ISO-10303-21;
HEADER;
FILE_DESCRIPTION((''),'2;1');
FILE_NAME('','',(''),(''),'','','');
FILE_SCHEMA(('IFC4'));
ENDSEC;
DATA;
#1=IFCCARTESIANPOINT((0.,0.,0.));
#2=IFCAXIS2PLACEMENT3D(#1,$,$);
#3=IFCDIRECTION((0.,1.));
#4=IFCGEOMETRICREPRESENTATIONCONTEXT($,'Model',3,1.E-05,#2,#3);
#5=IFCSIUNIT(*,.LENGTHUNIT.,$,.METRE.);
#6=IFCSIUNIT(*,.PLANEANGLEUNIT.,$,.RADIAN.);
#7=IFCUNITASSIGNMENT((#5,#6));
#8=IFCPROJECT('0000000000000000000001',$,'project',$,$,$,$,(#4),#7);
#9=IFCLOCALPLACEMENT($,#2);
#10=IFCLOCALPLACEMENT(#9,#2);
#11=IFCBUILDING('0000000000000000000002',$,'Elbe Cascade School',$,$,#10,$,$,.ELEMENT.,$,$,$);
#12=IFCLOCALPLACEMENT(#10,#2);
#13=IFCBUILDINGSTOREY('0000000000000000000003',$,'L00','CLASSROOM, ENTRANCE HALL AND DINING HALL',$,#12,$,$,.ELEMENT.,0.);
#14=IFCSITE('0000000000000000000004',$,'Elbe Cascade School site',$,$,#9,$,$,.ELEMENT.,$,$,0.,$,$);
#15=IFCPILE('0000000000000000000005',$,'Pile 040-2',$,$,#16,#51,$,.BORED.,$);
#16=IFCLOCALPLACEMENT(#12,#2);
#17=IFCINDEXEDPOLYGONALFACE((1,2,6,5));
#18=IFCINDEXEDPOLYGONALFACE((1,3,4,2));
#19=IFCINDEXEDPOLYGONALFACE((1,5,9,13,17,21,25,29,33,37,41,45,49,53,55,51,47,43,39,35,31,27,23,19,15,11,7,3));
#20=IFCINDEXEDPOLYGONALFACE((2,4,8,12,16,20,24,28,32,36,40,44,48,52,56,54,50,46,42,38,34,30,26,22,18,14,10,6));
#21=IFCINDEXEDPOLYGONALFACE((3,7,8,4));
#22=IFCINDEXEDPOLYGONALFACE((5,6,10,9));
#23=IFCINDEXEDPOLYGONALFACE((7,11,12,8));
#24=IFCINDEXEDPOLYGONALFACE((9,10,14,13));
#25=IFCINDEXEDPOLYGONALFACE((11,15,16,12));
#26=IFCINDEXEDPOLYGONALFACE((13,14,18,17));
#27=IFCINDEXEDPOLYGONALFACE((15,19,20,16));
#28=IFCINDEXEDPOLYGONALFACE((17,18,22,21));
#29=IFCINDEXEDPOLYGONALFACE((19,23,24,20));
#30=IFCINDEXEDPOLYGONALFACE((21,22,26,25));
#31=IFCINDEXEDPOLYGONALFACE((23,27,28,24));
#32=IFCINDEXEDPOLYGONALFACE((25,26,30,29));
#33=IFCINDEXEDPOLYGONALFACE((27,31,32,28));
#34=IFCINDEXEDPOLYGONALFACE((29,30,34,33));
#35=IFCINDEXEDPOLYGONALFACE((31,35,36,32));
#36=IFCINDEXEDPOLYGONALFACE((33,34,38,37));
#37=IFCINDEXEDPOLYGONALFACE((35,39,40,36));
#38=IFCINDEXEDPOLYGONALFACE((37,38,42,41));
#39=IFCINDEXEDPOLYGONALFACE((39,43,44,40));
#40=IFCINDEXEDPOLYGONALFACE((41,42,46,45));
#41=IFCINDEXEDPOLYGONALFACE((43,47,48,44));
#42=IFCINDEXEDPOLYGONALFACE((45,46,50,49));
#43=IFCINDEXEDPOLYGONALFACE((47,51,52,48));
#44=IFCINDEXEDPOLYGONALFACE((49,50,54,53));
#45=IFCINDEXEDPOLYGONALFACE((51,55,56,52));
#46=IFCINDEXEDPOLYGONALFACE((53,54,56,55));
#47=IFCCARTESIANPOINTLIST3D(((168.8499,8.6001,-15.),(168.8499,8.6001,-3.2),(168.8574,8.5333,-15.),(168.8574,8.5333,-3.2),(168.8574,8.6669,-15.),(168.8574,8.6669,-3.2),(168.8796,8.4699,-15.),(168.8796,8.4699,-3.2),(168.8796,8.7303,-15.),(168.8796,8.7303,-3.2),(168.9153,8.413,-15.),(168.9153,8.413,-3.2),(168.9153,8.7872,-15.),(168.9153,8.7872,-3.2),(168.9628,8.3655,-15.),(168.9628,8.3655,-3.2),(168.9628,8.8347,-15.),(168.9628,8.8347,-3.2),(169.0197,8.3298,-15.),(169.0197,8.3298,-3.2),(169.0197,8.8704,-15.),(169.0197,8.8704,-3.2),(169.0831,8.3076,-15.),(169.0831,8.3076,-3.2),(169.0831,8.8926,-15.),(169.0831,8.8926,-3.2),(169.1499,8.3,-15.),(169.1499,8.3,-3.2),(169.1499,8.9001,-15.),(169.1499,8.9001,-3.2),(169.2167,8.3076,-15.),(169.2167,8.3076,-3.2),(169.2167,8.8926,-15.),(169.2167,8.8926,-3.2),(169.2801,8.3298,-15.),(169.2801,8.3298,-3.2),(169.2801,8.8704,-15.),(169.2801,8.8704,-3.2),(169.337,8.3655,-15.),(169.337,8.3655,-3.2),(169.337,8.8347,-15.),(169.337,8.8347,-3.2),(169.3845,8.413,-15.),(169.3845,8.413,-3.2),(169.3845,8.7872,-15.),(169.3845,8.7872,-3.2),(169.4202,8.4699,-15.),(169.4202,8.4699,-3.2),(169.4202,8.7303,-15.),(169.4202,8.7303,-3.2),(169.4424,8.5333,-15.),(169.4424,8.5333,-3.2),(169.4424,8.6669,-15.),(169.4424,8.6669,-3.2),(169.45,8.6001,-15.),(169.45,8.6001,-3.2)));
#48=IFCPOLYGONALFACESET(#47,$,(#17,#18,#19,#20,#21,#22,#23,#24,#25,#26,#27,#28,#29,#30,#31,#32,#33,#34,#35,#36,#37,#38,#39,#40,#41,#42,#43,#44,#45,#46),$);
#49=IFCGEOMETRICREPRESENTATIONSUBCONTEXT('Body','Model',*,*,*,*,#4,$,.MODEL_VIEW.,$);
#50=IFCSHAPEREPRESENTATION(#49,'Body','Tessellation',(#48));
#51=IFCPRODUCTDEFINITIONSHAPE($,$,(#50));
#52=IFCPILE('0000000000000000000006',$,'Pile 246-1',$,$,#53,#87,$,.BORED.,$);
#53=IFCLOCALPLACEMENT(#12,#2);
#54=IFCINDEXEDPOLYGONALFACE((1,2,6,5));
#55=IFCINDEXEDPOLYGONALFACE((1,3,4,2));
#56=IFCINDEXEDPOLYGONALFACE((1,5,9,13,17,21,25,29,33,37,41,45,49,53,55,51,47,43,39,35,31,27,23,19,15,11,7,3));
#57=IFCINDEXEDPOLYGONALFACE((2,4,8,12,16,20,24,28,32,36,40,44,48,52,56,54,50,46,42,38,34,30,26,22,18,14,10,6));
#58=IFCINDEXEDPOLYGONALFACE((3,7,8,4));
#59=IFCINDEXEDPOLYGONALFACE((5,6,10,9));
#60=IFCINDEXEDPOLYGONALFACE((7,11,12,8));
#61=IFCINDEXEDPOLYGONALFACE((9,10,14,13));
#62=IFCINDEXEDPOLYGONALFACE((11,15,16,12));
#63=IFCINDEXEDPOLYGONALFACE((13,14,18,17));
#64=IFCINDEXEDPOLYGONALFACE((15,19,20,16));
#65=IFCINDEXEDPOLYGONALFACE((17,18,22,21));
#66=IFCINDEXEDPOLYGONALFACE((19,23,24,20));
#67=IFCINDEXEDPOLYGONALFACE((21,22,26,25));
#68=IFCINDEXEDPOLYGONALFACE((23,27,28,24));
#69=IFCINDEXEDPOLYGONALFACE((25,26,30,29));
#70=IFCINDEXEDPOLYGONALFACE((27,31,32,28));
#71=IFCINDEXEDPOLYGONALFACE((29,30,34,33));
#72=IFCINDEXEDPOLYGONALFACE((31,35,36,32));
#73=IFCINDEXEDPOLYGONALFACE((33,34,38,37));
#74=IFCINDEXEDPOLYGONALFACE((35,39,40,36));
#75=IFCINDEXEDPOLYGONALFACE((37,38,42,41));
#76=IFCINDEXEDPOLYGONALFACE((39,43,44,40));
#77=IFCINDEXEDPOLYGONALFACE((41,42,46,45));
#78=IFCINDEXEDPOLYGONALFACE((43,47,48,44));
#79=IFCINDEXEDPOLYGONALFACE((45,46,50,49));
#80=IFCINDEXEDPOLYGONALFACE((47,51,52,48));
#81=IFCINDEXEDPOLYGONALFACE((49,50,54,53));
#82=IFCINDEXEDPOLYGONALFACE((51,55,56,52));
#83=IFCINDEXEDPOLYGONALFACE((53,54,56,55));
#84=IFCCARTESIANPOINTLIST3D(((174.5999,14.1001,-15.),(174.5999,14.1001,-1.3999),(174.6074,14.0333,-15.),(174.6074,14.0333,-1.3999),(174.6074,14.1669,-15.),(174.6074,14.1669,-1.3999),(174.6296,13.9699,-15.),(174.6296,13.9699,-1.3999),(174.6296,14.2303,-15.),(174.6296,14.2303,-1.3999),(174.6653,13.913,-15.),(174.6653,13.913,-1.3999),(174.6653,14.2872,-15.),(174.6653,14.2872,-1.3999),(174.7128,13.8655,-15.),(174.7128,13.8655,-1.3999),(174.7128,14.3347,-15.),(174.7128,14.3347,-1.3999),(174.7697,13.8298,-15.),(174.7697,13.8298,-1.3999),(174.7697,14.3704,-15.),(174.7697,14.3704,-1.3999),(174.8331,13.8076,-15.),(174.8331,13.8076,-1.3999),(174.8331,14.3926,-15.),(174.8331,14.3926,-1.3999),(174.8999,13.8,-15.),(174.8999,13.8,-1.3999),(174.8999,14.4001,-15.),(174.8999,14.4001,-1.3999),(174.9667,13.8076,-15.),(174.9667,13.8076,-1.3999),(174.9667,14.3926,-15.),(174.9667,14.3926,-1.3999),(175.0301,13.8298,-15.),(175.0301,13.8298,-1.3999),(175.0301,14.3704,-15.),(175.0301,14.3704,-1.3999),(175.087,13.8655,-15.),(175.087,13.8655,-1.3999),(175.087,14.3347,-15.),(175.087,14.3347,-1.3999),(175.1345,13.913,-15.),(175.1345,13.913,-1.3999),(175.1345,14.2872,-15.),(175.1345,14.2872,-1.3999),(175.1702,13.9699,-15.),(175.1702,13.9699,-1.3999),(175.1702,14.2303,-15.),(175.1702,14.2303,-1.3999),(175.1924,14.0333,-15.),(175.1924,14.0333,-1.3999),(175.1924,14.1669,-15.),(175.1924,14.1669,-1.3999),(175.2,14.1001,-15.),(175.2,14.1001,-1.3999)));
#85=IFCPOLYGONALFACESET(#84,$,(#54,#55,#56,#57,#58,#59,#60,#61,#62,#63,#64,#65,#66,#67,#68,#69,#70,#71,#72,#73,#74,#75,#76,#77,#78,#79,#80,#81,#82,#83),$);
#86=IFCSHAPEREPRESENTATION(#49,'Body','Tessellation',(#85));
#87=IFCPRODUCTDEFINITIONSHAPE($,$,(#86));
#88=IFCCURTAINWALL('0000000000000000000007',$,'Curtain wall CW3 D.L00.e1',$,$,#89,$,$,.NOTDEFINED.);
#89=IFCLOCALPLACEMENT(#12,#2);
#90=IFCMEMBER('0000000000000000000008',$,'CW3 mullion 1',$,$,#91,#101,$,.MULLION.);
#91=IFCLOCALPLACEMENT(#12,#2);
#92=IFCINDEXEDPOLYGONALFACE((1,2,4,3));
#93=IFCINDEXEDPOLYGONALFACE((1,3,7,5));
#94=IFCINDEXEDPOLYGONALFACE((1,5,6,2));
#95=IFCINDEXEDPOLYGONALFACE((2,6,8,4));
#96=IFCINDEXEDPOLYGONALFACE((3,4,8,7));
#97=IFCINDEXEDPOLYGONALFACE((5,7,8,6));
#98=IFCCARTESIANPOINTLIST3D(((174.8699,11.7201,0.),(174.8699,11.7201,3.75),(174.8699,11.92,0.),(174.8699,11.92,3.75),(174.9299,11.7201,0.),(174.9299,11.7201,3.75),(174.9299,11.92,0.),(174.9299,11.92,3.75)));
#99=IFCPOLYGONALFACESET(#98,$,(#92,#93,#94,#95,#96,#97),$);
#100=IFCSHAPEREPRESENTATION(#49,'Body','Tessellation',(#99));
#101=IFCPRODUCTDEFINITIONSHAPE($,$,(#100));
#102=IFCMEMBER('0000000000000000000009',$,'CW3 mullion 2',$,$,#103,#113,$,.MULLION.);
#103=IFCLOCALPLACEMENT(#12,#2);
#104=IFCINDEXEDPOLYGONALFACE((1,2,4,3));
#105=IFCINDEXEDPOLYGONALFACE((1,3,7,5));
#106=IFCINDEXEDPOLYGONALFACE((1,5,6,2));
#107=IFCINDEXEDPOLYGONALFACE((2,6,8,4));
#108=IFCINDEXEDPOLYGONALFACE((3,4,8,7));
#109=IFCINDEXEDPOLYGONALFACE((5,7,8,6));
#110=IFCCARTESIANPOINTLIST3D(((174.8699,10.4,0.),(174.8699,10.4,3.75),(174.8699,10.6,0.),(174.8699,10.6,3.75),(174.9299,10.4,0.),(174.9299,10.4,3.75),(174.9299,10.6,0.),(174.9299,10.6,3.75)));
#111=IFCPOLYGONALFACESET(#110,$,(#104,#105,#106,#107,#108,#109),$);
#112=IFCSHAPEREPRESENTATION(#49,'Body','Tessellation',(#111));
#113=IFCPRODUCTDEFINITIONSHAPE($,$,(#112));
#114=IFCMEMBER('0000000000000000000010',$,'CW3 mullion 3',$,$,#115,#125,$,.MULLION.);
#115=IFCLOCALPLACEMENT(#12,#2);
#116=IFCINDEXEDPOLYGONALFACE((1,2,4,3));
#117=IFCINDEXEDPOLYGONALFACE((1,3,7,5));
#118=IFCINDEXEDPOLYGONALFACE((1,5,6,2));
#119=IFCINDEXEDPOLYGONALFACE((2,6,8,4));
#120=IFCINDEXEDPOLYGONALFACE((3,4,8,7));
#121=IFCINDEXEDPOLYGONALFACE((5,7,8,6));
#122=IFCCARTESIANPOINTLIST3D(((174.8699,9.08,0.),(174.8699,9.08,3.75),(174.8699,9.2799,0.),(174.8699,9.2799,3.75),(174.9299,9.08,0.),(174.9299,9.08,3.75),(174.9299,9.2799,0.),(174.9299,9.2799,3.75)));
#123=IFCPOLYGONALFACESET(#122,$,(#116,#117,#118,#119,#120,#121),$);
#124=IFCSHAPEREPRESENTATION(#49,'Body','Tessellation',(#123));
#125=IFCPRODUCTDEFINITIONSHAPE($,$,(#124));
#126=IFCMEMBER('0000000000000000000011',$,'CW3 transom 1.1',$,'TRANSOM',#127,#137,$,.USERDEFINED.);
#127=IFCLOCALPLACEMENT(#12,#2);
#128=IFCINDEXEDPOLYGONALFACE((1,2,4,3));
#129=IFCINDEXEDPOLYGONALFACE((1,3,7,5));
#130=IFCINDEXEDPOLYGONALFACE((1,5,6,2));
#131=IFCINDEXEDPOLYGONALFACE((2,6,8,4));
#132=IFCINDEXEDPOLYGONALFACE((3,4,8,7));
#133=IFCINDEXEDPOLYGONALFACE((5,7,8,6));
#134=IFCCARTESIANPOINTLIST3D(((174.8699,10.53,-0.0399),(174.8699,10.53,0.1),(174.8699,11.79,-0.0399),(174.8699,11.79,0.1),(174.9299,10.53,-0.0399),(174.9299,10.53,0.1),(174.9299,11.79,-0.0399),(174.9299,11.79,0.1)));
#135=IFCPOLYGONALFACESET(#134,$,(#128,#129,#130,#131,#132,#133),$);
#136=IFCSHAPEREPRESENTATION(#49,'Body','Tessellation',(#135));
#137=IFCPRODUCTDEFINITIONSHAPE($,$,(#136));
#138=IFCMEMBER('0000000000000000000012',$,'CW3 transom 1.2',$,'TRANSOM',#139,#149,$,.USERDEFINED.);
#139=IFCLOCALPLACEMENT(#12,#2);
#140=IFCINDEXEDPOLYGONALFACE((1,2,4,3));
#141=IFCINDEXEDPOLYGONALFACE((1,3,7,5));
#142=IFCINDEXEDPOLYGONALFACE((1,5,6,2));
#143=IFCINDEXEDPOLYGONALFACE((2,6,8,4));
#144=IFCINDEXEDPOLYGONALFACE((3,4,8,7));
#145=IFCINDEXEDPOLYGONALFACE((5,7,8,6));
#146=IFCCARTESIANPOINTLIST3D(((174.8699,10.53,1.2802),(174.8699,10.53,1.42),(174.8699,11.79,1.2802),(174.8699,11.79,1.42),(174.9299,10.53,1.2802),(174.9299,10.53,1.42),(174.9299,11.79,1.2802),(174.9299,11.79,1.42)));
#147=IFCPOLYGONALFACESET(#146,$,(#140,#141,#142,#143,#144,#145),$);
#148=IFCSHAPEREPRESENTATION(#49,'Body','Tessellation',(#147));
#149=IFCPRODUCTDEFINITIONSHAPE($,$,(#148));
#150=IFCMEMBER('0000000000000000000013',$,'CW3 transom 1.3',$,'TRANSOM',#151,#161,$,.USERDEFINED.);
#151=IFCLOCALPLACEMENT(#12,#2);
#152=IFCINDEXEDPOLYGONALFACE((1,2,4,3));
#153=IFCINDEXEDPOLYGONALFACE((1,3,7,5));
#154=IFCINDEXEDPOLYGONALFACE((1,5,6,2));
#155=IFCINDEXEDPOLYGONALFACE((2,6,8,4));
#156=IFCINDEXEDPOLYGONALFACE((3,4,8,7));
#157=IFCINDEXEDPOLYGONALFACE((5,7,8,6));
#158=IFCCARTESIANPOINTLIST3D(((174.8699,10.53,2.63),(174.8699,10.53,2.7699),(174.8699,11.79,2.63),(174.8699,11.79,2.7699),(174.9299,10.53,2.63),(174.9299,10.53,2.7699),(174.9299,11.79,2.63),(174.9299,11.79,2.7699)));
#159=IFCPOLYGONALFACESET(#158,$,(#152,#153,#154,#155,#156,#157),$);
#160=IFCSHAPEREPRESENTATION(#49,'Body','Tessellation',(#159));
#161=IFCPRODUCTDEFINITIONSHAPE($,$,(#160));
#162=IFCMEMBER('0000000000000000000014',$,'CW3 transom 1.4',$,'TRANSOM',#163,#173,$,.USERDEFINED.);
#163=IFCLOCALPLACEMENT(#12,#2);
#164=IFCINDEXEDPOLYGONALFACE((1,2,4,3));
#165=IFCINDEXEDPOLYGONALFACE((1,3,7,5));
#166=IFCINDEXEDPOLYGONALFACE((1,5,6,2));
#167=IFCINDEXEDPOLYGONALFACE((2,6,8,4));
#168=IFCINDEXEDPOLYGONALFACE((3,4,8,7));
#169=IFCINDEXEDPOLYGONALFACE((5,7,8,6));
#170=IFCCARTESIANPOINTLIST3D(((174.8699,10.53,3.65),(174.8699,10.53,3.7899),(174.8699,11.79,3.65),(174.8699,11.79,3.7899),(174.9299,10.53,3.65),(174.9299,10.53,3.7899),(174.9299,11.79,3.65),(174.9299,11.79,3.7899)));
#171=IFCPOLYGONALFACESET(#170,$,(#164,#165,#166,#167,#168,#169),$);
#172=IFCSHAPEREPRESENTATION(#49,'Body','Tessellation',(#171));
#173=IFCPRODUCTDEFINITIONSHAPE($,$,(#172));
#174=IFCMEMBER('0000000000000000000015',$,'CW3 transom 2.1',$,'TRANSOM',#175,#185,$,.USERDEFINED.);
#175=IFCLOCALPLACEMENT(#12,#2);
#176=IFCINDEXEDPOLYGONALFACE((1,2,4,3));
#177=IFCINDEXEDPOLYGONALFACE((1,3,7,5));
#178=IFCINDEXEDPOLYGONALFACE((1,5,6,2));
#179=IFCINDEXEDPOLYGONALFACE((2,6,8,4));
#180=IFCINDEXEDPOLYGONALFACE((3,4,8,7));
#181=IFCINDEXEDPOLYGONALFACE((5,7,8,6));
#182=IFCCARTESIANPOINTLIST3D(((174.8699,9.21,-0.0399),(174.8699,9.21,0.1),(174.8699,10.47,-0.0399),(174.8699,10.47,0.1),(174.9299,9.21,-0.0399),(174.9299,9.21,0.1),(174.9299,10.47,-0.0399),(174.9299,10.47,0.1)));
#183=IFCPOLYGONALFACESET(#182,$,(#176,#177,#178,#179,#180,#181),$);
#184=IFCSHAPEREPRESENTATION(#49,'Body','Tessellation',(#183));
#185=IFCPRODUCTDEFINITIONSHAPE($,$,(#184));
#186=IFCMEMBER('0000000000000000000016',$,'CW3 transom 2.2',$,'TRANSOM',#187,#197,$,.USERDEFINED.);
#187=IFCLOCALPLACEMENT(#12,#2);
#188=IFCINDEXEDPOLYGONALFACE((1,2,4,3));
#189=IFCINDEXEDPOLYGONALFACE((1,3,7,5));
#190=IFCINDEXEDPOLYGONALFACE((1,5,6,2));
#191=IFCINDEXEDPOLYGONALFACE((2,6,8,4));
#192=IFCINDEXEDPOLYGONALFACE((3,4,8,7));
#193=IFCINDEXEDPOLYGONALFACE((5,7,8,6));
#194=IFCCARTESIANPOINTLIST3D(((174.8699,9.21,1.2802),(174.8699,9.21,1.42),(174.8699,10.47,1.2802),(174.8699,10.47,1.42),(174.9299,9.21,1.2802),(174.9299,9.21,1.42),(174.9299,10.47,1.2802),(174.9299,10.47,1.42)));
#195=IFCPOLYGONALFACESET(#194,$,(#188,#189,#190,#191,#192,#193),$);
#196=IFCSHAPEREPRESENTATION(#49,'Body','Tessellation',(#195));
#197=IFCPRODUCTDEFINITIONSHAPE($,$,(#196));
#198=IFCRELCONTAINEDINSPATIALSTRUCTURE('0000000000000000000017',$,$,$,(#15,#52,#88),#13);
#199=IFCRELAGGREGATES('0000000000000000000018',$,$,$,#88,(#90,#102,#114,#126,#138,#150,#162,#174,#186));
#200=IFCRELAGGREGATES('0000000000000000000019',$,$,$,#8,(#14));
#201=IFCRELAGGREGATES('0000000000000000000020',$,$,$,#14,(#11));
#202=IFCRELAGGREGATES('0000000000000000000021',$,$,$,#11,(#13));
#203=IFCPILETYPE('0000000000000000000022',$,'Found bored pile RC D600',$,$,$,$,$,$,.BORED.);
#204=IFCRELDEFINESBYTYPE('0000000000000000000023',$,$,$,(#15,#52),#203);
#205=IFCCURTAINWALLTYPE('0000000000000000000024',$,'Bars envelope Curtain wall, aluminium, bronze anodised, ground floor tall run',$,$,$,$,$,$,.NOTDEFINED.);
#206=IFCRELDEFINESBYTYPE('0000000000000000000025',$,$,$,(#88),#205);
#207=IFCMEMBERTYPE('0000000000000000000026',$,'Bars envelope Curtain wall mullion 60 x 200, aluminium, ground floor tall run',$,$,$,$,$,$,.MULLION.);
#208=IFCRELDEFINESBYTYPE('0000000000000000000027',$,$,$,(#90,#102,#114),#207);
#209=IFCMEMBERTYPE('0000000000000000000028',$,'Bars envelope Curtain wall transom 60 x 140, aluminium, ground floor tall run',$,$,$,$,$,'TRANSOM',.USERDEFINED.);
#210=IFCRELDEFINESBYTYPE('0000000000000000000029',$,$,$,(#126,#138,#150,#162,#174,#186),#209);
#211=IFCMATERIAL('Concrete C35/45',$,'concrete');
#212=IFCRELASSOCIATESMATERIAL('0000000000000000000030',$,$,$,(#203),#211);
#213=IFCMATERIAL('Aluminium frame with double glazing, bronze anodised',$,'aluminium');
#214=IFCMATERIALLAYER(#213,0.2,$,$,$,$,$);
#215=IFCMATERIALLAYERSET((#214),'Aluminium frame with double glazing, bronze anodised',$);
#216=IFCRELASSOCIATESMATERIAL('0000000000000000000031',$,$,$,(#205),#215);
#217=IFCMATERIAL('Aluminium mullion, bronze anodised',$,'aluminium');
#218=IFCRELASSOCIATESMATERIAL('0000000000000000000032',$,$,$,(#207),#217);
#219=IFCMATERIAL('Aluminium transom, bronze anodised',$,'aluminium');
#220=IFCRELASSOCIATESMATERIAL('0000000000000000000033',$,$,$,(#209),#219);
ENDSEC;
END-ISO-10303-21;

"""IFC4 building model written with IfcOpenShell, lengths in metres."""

from ifc_helpers import new_model, si_unit, direction, frame, origin, origin_2d, place, context, subcontext, project, spatial, rectangle, circle, extrude, material, layer, layer_set, material_profile, profile_set, type_object, element, aggregate, save


model = new_model("IFC4")

# Units and contexts
model_context = context("Model", 3, precision=1e-05, world=origin(), true_north=direction((0.0, 1.0)))
body_context = subcontext(model_context, "Body", "Model", "MODEL_VIEW")
ifc_project = project(units=[si_unit("LENGTHUNIT", "METRE"), si_unit("PLANEANGLEUNIT", "RADIAN")], contexts=[model_context])

# Site, building, storey
site_placement = place(None, origin())
site = spatial("IfcSite", under=ifc_project, at=site_placement, Name="Elbe Cascade School site", CompositionType="ELEMENT", RefElevation=0.0)
building_placement = place(site_placement, origin())
building = spatial("IfcBuilding", under=site, at=building_placement, Name="Elbe Cascade School", CompositionType="ELEMENT")
storey_placement = place(building_placement, origin())
storey = spatial("IfcBuildingStorey", under=building, at=storey_placement, Name="L00", Description="CLASSROOM, ENTRANCE HALL AND DINING HALL", CompositionType="ELEMENT", Elevation=0.0)

# Piles
ifc_material_1 = material(Name="Concrete C35/45", Category="concrete")
ifc_material_profile_1 = material_profile(ifc_material_1, circle(Radius=0.3, at=origin_2d()), Name="RC D600")
ifc_profile_set_1 = profile_set([ifc_material_profile_1], Name="Concrete C35/45")
pile_type = type_object("IfcPileType", Name="Found bored pile RC D600", PredefinedType="BORED", material=ifc_profile_set_1)
pile_1_placement = place(storey_placement, frame((169.1499, 8.6001, -3.2), z_axis=(0.0, 0.0, -1.0), x_axis=(1.0, 0.0, 0.0)))
element("IfcPile", 1, at=pile_1_placement, inside=storey, type_object=pile_type, Name="Pile 040-2", PredefinedType="BORED", context=body_context, shape_type="SweptSolid", body=[
    extrude(circle(Radius=0.3, at=origin_2d()), origin(), (0.0, 0.0, 1.0), 11.8),
])
pile_2_placement = place(storey_placement, frame((174.8999, 14.1001, -1.3999), z_axis=(0.0, 0.0, -1.0), x_axis=(1.0, 0.0, 0.0)))
element("IfcPile", 2, at=pile_2_placement, inside=storey, type_object=pile_type, Name="Pile 246-1", PredefinedType="BORED", context=body_context, shape_type="SweptSolid", body=[
    extrude(circle(Radius=0.3, at=origin_2d()), origin(), (0.0, 0.0, 1.0), 13.6001),
])

# Curtain wall, members
ifc_material_2 = material(Name="Aluminium frame with double glazing, bronze anodised", Category="aluminium")
ifc_layer_1 = layer(ifc_material_2, 0.2)
ifc_layer_set_1 = layer_set([ifc_layer_1], Name="Aluminium frame with double glazing, bronze anodised")
curtain_wall_type = type_object("IfcCurtainWallType", Name="Bars envelope Curtain wall, aluminium, bronze anodised, ground floor tall run", PredefinedType="NOTDEFINED", material=ifc_layer_set_1)
curtain_wall_placement = place(storey_placement, origin())
curtain_wall = element("IfcCurtainWall", 3, at=curtain_wall_placement, inside=storey, type_object=curtain_wall_type, Name="Curtain wall CW3 D.L00.e1", PredefinedType="NOTDEFINED")
ifc_material_3 = material(Name="Aluminium mullion, bronze anodised", Category="aluminium")
ifc_material_profile_2 = material_profile(ifc_material_3, rectangle(XDim=0.0601, YDim=0.2, at=origin_2d()), Name="Bars envelope Curtain wall mullion 60 x 200, aluminium, ground floor tall run")
ifc_profile_set_2 = profile_set([ifc_material_profile_2], Name="Aluminium mullion, bronze anodised")
member_type_1 = type_object("IfcMemberType", Name="Bars envelope Curtain wall mullion 60 x 200, aluminium, ground floor tall run", PredefinedType="MULLION", material=ifc_profile_set_2)
member_1_placement = place(storey_placement, frame((174.8999, 11.8201, 0.0), z_axis=(0.0, 0.0, 1.0), x_axis=(1.0, 0.0, 0.0)))
member_1 = element("IfcMember", 4, at=member_1_placement, type_object=member_type_1, Name="CW3 mullion 1", PredefinedType="MULLION", context=body_context, shape_type="SweptSolid", body=[
    extrude(rectangle(XDim=0.0601, YDim=0.2, at=origin_2d()), origin(), (0.0, 0.0, 1.0), 3.75),
])
member_2_placement = place(storey_placement, frame((174.8999, 10.5, 0.0), z_axis=(0.0, 0.0, 1.0), x_axis=(1.0, 0.0, 0.0)))
member_2 = element("IfcMember", 5, at=member_2_placement, type_object=member_type_1, Name="CW3 mullion 2", PredefinedType="MULLION", context=body_context, shape_type="SweptSolid", body=[
    extrude(rectangle(XDim=0.0601, YDim=0.2, at=origin_2d()), origin(), (0.0, 0.0, 1.0), 3.75),
])
member_3_placement = place(storey_placement, frame((174.8999, 9.1799, 0.0), z_axis=(0.0, 0.0, 1.0), x_axis=(1.0, 0.0, 0.0)))
member_3 = element("IfcMember", 6, at=member_3_placement, type_object=member_type_1, Name="CW3 mullion 3", PredefinedType="MULLION", context=body_context, shape_type="SweptSolid", body=[
    extrude(rectangle(XDim=0.0601, YDim=0.2, at=origin_2d()), origin(), (0.0, 0.0, 1.0), 3.75),
])
ifc_material_4 = material(Name="Aluminium transom, bronze anodised", Category="aluminium")
ifc_material_profile_3 = material_profile(ifc_material_4, rectangle(XDim=0.0601, YDim=0.1399, at=origin_2d()), Name="Bars envelope Curtain wall transom 60 x 140, aluminium, ground floor tall run")
ifc_profile_set_3 = profile_set([ifc_material_profile_3], Name="Aluminium transom, bronze anodised")
member_type_2 = type_object("IfcMemberType", Name="Bars envelope Curtain wall transom 60 x 140, aluminium, ground floor tall run", ElementType="TRANSOM", PredefinedType="USERDEFINED", material=ifc_profile_set_3)
member_4_placement = place(storey_placement, frame((174.8999, 11.79, 0.03), z_axis=(0.0, -1.0, 0.0), x_axis=(1.0, 0.0, 0.0)))
member_4 = element("IfcMember", 7, at=member_4_placement, type_object=member_type_2, Name="CW3 transom 1.1", ObjectType="TRANSOM", PredefinedType="USERDEFINED", context=body_context, shape_type="SweptSolid", body=[
    extrude(rectangle(XDim=0.0601, YDim=0.1399, at=origin_2d()), origin(), (0.0, 0.0, 1.0), 1.26),
])
member_5_placement = place(storey_placement, frame((174.8999, 11.79, 1.3501), z_axis=(0.0, -1.0, 0.0), x_axis=(1.0, 0.0, 0.0)))
member_5 = element("IfcMember", 8, at=member_5_placement, type_object=member_type_2, Name="CW3 transom 1.2", ObjectType="TRANSOM", PredefinedType="USERDEFINED", context=body_context, shape_type="SweptSolid", body=[
    extrude(rectangle(XDim=0.0601, YDim=0.1399, at=origin_2d()), origin(), (0.0, 0.0, 1.0), 1.26),
])
member_6_placement = place(storey_placement, frame((174.8999, 11.79, 2.7), z_axis=(0.0, -1.0, 0.0), x_axis=(1.0, 0.0, 0.0)))
member_6 = element("IfcMember", 9, at=member_6_placement, type_object=member_type_2, Name="CW3 transom 1.3", ObjectType="TRANSOM", PredefinedType="USERDEFINED", context=body_context, shape_type="SweptSolid", body=[
    extrude(rectangle(XDim=0.0601, YDim=0.1399, at=origin_2d()), origin(), (0.0, 0.0, 1.0), 1.26),
])
member_7_placement = place(storey_placement, frame((174.8999, 11.79, 3.72), z_axis=(0.0, -1.0, 0.0), x_axis=(1.0, 0.0, 0.0)))
member_7 = element("IfcMember", 10, at=member_7_placement, type_object=member_type_2, Name="CW3 transom 1.4", ObjectType="TRANSOM", PredefinedType="USERDEFINED", context=body_context, shape_type="SweptSolid", body=[
    extrude(rectangle(XDim=0.0601, YDim=0.1399, at=origin_2d()), origin(), (0.0, 0.0, 1.0), 1.26),
])
member_8_placement = place(storey_placement, frame((174.8999, 10.47, 0.03), z_axis=(0.0, -1.0, 0.0), x_axis=(1.0, 0.0, 0.0)))
member_8 = element("IfcMember", 11, at=member_8_placement, type_object=member_type_2, Name="CW3 transom 2.1", ObjectType="TRANSOM", PredefinedType="USERDEFINED", context=body_context, shape_type="SweptSolid", body=[
    extrude(rectangle(XDim=0.0601, YDim=0.1399, at=origin_2d()), origin(), (0.0, 0.0, 1.0), 1.26),
])
member_9_placement = place(storey_placement, frame((174.8999, 10.47, 1.3501), z_axis=(0.0, -1.0, 0.0), x_axis=(1.0, 0.0, 0.0)))
member_9 = element("IfcMember", 12, at=member_9_placement, type_object=member_type_2, Name="CW3 transom 2.2", ObjectType="TRANSOM", PredefinedType="USERDEFINED", context=body_context, shape_type="SweptSolid", body=[
    extrude(rectangle(XDim=0.0601, YDim=0.1399, at=origin_2d()), origin(), (0.0, 0.0, 1.0), 1.26),
])
aggregate(curtain_wall, [member_1, member_2, member_3, member_4, member_5, member_6, member_7, member_8, member_9])

save(model, "model.ifc")
